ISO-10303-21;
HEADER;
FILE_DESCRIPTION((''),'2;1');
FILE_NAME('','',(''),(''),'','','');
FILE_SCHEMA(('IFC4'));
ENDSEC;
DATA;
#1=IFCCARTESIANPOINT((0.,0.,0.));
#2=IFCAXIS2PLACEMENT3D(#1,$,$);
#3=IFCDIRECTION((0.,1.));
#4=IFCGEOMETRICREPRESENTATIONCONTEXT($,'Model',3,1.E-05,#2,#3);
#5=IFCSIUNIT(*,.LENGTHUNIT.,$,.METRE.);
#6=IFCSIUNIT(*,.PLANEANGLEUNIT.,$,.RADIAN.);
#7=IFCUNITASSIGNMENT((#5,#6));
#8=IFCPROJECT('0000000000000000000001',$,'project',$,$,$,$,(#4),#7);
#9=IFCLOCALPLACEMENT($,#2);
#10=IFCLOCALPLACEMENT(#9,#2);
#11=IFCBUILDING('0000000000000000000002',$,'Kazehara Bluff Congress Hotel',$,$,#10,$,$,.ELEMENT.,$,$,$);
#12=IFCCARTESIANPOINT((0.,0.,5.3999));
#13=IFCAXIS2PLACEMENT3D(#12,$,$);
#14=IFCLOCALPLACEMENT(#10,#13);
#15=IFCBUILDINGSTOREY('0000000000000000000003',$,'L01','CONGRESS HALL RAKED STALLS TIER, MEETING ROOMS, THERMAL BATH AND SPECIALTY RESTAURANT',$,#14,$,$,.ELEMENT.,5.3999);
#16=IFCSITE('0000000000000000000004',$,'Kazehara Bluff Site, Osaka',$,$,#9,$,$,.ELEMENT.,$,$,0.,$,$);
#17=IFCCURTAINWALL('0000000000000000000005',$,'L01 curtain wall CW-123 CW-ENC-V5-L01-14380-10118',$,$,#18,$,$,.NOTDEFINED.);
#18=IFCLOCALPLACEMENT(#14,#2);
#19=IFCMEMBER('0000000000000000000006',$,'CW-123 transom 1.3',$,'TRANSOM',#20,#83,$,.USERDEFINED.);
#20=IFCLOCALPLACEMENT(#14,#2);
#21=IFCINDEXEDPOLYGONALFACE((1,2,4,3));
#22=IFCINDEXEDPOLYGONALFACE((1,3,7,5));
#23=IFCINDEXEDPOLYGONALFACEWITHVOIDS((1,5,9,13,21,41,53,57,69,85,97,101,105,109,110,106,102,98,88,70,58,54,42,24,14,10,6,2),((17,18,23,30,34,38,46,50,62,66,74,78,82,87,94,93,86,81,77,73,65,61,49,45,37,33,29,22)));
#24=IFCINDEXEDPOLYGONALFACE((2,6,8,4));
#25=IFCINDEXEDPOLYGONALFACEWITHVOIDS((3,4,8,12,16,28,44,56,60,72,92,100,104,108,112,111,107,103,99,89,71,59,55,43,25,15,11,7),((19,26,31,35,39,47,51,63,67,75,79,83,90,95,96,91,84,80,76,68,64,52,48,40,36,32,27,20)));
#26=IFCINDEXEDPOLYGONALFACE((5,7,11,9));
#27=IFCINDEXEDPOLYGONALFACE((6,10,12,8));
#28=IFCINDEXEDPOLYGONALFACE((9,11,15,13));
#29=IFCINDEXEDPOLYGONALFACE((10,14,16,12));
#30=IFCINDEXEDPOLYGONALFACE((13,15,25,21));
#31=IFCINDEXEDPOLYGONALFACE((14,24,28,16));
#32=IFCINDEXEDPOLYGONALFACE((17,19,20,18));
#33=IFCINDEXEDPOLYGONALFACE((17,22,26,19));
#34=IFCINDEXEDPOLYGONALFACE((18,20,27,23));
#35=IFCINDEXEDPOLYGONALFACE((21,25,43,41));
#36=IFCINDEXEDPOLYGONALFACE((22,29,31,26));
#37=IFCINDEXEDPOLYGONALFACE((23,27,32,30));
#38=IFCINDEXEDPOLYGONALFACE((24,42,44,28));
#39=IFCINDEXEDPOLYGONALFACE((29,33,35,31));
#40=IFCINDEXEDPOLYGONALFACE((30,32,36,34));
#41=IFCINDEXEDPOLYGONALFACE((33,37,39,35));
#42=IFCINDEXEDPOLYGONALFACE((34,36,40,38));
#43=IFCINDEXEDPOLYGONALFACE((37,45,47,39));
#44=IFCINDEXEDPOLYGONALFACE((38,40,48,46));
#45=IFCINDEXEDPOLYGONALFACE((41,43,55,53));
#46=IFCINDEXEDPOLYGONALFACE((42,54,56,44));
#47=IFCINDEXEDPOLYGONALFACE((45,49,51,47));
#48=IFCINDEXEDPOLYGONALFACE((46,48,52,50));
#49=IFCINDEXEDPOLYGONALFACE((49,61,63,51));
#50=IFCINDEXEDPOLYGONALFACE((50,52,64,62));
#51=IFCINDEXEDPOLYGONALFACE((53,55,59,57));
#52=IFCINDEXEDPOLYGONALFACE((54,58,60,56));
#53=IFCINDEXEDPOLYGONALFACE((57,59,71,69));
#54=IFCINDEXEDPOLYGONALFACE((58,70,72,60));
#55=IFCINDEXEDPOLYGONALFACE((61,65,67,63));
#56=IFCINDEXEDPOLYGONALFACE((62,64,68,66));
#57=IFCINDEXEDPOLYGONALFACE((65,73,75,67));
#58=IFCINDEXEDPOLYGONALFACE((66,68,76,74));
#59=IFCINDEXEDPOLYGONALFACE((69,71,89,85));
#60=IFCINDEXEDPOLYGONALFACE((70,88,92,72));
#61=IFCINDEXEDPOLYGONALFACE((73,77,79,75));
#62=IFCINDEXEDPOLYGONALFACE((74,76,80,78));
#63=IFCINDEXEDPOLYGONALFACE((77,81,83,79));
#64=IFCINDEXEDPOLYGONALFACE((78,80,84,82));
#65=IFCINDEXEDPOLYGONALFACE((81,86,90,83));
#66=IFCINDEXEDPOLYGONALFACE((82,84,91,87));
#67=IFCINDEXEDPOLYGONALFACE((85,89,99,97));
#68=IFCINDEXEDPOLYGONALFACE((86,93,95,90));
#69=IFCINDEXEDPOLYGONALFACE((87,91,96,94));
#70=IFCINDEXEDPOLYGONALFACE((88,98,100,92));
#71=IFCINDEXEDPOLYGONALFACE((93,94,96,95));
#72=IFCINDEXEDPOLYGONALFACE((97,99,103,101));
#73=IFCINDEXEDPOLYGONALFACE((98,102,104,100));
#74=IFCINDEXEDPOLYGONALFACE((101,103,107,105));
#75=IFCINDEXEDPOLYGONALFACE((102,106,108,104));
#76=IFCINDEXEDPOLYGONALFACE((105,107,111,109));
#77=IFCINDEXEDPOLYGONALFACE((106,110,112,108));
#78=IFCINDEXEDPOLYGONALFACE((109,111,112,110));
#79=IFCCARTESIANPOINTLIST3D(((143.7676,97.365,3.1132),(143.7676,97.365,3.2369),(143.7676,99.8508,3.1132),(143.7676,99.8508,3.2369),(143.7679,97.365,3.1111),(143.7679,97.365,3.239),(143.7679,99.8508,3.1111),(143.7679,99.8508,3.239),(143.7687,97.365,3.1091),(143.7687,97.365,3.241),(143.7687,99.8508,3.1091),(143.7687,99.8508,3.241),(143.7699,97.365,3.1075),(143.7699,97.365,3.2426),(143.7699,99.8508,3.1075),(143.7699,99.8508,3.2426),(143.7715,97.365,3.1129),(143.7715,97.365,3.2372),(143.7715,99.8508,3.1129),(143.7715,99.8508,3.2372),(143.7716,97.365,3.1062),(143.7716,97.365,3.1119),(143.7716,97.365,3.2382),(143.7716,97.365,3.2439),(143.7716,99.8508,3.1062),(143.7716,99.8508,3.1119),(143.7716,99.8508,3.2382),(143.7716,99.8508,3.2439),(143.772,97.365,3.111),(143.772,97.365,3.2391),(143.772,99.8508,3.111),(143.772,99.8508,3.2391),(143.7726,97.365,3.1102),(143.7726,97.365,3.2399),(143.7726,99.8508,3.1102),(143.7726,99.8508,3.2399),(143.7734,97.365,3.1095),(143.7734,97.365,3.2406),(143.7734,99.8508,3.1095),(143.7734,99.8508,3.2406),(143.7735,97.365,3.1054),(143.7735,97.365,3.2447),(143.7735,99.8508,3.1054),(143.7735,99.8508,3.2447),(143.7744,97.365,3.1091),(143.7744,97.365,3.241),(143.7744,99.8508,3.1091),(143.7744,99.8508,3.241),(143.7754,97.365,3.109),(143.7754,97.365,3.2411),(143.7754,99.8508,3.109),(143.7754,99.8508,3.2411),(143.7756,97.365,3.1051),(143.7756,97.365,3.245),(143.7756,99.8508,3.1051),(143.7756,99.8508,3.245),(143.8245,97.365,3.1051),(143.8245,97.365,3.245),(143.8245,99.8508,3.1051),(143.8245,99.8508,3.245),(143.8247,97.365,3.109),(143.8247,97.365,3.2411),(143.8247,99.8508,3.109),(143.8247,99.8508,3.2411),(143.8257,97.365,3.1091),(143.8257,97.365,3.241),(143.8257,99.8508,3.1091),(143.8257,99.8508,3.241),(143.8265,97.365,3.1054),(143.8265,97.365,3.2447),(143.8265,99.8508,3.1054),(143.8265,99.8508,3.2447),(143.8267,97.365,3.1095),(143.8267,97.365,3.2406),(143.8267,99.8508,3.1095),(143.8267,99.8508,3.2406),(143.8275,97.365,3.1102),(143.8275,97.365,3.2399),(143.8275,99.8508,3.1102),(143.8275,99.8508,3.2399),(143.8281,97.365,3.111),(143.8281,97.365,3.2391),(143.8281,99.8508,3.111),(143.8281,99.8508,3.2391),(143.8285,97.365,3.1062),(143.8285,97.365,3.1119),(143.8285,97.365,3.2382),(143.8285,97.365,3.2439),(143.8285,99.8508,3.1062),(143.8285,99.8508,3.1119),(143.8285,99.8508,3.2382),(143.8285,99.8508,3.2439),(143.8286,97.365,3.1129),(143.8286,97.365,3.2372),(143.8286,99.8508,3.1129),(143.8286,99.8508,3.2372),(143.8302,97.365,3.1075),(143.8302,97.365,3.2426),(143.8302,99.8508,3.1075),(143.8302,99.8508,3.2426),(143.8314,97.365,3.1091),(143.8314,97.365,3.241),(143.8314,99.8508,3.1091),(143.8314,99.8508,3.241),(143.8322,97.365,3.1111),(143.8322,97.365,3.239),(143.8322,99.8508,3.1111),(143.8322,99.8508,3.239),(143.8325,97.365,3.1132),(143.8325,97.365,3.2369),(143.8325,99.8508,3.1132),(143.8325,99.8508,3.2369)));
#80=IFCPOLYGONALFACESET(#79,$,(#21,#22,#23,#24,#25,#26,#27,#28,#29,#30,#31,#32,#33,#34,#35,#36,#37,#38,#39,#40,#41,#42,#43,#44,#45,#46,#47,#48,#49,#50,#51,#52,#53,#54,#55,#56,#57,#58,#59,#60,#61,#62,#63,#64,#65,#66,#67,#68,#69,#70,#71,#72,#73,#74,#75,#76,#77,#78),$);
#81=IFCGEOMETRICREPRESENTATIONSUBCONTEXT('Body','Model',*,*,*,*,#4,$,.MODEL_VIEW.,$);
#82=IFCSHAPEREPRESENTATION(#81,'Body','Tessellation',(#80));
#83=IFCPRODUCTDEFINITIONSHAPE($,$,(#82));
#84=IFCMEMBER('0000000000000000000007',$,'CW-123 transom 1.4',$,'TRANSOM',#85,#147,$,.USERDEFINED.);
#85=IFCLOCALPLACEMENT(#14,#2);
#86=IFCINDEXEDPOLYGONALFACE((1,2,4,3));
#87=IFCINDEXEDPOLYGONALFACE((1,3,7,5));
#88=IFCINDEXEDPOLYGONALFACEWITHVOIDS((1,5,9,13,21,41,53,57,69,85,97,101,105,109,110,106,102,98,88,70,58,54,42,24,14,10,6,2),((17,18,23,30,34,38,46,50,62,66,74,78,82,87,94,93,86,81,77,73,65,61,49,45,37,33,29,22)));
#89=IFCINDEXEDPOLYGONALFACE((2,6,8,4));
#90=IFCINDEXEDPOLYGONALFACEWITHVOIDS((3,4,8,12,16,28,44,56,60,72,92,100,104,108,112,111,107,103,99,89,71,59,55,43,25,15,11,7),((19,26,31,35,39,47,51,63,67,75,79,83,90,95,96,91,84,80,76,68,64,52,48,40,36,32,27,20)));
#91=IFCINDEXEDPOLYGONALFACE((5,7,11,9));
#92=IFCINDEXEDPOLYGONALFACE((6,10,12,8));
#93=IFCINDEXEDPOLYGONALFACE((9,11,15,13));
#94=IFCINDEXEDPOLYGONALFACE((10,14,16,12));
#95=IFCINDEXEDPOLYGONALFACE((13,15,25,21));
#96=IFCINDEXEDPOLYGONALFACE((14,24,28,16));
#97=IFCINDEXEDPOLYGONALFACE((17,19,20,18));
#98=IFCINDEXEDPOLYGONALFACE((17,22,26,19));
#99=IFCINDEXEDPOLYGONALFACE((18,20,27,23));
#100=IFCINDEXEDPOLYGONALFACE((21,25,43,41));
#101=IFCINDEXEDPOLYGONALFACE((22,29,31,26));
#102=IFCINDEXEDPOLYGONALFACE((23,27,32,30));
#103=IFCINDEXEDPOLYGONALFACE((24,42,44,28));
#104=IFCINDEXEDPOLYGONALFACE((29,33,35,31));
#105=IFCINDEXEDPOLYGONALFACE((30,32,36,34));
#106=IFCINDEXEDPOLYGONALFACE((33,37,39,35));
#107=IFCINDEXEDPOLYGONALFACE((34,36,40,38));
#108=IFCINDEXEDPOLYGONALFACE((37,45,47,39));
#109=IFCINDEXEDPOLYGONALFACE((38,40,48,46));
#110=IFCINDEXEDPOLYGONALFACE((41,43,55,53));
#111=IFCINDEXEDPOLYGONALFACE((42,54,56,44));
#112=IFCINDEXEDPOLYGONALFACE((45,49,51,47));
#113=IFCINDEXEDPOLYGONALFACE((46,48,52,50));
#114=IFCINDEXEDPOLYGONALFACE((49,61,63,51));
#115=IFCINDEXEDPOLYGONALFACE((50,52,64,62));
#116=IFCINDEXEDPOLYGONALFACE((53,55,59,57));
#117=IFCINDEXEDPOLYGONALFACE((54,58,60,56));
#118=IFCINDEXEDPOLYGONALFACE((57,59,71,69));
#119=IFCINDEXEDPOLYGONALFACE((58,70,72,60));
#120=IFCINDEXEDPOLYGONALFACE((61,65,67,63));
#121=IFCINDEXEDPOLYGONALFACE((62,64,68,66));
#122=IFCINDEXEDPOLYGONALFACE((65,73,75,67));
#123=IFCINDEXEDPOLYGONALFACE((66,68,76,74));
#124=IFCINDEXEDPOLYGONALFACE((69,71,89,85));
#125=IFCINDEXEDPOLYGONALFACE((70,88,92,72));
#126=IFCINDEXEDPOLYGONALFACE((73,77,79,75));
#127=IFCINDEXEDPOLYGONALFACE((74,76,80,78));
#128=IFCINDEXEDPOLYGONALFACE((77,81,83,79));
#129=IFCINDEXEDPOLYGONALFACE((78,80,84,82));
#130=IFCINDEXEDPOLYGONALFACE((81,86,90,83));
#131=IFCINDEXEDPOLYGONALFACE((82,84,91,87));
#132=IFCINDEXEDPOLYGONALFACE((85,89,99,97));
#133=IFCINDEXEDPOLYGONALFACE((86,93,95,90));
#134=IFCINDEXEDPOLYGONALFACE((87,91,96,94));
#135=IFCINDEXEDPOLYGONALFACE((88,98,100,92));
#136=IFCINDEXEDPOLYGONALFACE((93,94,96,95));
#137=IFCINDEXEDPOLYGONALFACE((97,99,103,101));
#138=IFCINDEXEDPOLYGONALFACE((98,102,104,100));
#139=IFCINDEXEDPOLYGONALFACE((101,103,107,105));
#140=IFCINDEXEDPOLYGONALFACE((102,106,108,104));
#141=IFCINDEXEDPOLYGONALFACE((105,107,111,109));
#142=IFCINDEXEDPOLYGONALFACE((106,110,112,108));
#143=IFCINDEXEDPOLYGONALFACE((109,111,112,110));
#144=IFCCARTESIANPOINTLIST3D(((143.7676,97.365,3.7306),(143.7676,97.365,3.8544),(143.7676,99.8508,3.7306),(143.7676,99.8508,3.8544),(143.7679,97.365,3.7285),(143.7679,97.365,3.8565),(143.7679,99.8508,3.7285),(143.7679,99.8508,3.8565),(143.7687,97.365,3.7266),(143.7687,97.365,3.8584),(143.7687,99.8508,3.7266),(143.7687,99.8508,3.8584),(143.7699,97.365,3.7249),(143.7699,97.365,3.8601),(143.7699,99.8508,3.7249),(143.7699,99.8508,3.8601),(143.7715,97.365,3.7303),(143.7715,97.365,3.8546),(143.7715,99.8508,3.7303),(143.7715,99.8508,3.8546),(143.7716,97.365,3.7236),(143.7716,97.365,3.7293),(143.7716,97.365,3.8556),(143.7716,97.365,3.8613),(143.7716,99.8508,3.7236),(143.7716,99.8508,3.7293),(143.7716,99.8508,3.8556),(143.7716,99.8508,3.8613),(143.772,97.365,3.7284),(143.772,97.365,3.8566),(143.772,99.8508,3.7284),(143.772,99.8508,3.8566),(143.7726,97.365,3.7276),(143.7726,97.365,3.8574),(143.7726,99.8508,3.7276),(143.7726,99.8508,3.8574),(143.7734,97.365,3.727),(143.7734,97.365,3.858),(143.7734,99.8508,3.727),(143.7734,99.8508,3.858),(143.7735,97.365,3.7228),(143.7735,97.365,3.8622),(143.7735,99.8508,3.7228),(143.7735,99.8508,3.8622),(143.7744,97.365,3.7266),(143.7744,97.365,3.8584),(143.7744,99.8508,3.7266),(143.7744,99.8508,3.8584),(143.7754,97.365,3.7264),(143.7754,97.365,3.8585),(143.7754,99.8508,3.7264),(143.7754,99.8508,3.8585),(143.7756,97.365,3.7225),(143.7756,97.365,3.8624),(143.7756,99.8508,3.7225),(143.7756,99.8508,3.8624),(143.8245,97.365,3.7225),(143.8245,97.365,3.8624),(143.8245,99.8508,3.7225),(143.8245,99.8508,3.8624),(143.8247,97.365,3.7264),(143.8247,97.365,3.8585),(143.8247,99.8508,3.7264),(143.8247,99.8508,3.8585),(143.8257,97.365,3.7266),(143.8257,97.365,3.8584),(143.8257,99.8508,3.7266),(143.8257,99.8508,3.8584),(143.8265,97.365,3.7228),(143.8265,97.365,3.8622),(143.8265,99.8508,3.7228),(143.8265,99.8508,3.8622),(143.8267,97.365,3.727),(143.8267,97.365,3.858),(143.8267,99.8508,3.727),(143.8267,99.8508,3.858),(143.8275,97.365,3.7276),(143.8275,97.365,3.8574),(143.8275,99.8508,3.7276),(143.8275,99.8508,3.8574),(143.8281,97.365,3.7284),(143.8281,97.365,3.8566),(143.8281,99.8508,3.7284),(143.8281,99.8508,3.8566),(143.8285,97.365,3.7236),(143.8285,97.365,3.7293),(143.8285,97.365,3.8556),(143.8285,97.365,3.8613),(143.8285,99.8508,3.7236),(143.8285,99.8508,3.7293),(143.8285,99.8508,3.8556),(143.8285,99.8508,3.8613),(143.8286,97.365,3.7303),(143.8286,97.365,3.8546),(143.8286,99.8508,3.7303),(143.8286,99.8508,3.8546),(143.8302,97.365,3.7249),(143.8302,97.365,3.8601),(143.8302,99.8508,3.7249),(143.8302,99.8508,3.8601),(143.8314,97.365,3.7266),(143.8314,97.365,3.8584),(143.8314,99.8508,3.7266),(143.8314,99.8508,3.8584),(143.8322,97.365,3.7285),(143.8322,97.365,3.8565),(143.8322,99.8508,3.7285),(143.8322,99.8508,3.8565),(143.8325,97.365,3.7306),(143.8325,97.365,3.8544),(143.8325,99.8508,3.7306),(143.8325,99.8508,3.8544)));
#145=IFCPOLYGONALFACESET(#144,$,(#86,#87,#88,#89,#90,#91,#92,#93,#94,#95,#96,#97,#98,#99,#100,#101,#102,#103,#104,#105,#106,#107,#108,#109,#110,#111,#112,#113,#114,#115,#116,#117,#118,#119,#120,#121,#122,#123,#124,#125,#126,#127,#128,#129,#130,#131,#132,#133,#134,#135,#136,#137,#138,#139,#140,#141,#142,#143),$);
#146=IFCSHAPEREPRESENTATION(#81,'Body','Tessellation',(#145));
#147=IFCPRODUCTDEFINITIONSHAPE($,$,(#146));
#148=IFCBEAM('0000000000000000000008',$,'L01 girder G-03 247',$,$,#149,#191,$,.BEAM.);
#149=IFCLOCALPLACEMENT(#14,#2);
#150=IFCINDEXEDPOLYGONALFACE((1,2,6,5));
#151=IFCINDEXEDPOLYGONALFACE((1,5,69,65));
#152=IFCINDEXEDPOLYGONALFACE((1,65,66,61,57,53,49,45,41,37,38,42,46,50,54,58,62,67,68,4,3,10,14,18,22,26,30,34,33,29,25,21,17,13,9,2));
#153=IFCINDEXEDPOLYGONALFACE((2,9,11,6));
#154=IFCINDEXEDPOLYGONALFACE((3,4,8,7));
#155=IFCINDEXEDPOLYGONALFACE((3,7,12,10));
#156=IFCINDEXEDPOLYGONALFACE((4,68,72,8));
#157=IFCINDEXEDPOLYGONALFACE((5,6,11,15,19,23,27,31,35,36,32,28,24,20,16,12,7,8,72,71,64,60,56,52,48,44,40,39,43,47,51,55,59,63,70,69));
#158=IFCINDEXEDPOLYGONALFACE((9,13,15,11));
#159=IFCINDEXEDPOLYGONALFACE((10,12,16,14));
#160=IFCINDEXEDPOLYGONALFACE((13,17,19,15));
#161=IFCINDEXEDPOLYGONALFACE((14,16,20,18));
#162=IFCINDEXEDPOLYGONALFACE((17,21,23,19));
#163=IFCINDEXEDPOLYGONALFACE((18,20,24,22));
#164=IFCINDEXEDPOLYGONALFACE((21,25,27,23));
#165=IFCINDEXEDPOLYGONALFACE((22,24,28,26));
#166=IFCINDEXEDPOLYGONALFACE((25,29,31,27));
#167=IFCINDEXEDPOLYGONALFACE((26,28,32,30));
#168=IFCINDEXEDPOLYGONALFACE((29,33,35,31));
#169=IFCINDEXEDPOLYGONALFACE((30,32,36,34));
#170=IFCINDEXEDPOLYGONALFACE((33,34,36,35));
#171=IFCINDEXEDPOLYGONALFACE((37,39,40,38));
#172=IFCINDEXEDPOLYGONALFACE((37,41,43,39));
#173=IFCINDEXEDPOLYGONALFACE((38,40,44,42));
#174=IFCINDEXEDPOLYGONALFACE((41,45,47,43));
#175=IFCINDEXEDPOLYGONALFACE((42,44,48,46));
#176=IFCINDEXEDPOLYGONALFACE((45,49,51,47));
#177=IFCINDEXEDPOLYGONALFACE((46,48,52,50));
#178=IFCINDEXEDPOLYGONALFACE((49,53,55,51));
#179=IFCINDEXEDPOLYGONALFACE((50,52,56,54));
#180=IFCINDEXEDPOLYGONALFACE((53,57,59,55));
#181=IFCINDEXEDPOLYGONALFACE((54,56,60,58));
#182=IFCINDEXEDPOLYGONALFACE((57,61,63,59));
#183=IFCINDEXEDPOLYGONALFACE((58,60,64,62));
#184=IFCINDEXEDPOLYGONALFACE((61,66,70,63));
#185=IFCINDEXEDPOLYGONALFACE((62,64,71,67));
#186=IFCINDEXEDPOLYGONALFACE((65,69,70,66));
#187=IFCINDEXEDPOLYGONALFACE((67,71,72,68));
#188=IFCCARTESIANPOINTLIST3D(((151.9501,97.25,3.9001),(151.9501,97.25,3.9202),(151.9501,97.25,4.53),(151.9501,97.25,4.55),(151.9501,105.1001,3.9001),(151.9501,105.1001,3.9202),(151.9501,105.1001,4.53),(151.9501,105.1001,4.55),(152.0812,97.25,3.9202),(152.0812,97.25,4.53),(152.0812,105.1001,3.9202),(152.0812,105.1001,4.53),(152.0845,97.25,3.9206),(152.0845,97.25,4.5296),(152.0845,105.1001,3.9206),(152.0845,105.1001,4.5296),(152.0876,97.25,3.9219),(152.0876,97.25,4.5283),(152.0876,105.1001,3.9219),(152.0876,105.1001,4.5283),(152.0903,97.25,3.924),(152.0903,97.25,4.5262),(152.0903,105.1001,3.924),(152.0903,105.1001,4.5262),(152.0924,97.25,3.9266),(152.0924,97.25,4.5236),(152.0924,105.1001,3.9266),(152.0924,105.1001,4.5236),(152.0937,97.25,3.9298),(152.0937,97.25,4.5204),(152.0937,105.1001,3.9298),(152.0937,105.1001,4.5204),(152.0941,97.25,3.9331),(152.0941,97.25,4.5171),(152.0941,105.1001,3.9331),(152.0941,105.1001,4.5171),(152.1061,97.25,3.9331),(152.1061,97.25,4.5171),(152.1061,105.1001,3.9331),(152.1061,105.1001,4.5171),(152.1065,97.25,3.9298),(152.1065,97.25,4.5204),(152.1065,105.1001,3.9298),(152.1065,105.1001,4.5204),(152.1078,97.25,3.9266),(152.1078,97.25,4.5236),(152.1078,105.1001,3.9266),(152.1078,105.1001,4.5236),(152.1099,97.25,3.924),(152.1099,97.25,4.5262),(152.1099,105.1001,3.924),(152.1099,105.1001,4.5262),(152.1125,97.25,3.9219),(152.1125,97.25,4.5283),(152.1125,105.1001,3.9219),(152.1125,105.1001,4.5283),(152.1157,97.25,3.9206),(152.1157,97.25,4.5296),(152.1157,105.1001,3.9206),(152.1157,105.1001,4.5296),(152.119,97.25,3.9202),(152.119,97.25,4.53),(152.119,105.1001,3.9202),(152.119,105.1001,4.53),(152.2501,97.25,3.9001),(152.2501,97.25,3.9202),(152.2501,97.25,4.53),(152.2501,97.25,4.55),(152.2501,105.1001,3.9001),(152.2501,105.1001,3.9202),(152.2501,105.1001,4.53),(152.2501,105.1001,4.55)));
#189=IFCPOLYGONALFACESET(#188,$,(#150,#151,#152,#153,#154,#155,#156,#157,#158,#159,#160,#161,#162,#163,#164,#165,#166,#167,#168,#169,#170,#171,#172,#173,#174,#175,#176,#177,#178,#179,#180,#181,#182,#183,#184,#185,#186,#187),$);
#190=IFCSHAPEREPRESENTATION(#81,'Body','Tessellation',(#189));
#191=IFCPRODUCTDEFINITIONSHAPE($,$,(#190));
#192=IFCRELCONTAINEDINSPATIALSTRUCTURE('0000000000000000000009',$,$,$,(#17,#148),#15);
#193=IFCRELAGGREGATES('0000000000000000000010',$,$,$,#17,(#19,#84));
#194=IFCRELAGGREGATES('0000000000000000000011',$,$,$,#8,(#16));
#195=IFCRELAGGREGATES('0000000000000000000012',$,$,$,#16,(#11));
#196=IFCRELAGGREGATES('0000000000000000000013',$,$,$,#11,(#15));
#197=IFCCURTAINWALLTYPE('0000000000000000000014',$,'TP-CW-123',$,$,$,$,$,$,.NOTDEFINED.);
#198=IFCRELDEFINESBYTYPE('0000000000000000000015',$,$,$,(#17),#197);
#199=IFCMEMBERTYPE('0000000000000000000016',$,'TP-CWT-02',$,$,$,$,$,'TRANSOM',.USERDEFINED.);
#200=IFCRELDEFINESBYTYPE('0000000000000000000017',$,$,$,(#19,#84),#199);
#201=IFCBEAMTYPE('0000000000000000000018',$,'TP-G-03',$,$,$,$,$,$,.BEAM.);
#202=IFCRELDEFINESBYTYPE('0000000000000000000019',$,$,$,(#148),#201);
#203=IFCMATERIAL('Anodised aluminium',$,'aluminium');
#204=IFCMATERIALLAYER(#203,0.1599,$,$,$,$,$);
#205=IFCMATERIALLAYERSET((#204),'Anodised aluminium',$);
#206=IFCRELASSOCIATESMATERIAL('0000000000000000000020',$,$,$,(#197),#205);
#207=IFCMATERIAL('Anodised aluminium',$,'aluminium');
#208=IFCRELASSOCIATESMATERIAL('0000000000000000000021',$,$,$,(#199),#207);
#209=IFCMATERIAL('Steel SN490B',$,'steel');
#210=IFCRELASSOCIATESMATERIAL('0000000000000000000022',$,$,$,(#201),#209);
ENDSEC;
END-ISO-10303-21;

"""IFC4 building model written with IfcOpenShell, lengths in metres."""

from ifc_helpers import new_model, si_unit, direction, frame, origin, origin_2d, place, context, subcontext, project, spatial, hollow_rectangle, i_section, extrude, material, layer, layer_set, material_profile, profile_set, type_object, element, aggregate, save


model = new_model("IFC4")

# Units and contexts
model_context = context("Model", 3, precision=1e-05, world=origin(), true_north=direction((0.0, 1.0)))
body_context = subcontext(model_context, "Body", "Model", "MODEL_VIEW")
ifc_project = project(units=[si_unit("LENGTHUNIT", "METRE"), si_unit("PLANEANGLEUNIT", "RADIAN")], contexts=[model_context])

# Site, building, storey
site_placement = place(None, origin())
site = spatial("IfcSite", under=ifc_project, at=site_placement, Name="Kazehara Bluff Site, Osaka", CompositionType="ELEMENT", RefElevation=0.0)
building_placement = place(site_placement, origin())
building = spatial("IfcBuilding", under=site, at=building_placement, Name="Kazehara Bluff Congress Hotel", CompositionType="ELEMENT")
storey_placement = place(building_placement, frame((0.0, 0.0, 5.3999)))
storey = spatial("IfcBuildingStorey", under=building, at=storey_placement, Name="L01", Description="CONGRESS HALL RAKED STALLS TIER, MEETING ROOMS, THERMAL BATH AND SPECIALTY RESTAURANT", CompositionType="ELEMENT", Elevation=5.3999)

# Curtain wall
ifc_material_1 = material(Name="Anodised aluminium", Category="aluminium")
ifc_layer_1 = layer(ifc_material_1, 0.1599)
ifc_layer_set_1 = layer_set([ifc_layer_1], Name="Anodised aluminium")
curtain_wall_type_1 = type_object("IfcCurtainWallType", Name="TP-CW-123", PredefinedType="NOTDEFINED", material=ifc_layer_set_1)
curtain_wall_1_placement = place(storey_placement, origin())
curtain_wall_1 = element("IfcCurtainWall", 1, at=curtain_wall_1_placement, inside=storey, type_object=curtain_wall_type_1, Name="L01 curtain wall CW-123 CW-ENC-V5-L01-14380-10118", PredefinedType="NOTDEFINED")

# Members
ifc_material_2 = material(Name="Anodised aluminium", Category="aluminium")
ifc_material_profile_1 = material_profile(ifc_material_2, hollow_rectangle(XDim=0.0649, YDim=0.1399, WallThickness=0.0039, InnerFilletRadius=0.0039, OuterFilletRadius=0.0081, at=origin_2d()))
ifc_profile_set_1 = profile_set([ifc_material_profile_1], Name="Anodised aluminium")
member_type_1 = type_object("IfcMemberType", Name="TP-CWT-02", ElementType="TRANSOM", PredefinedType="USERDEFINED", material=ifc_profile_set_1)
member_1_placement = place(storey_placement, frame((143.8, 97.365, 3.175), z_axis=(0.0, 1.0, 0.0), x_axis=(-1.0, 0.0, 0.0)))
member_1 = element("IfcMember", 2, at=member_1_placement, type_object=member_type_1, Name="CW-123 transom 1.3", ObjectType="TRANSOM", PredefinedType="USERDEFINED", context=body_context, shape_type="SweptSolid", body=[
    extrude(hollow_rectangle(XDim=0.0649, YDim=0.1399, WallThickness=0.0039, InnerFilletRadius=0.0039, OuterFilletRadius=0.0081, at=origin_2d()), origin(), (0.0, 0.0, 1.0), 2.4858),
])
member_2_placement = place(storey_placement, frame((143.8, 97.365, 3.7925), z_axis=(0.0, 1.0, 0.0), x_axis=(-1.0, 0.0, 0.0)))
member_2 = element("IfcMember", 3, at=member_2_placement, type_object=member_type_1, Name="CW-123 transom 1.4", ObjectType="TRANSOM", PredefinedType="USERDEFINED", context=body_context, shape_type="SweptSolid", body=[
    extrude(hollow_rectangle(XDim=0.0649, YDim=0.1399, WallThickness=0.0039, InnerFilletRadius=0.0039, OuterFilletRadius=0.0081, at=origin_2d()), origin(), (0.0, 0.0, 1.0), 2.4858),
])

# Beam
ifc_material_3 = material(Name="Steel SN490B", Category="steel")
ifc_material_profile_2 = material_profile(ifc_material_3, i_section(OverallWidth=0.3, OverallDepth=0.6499, WebThickness=0.012, FlangeThickness=0.02, FilletRadius=0.0129, at=origin_2d()))
ifc_profile_set_2 = profile_set([ifc_material_profile_2], Name="Steel SN490B")
beam_type = type_object("IfcBeamType", Name="TP-G-03", PredefinedType="BEAM", material=ifc_profile_set_2)
beam_1_placement = place(storey_placement, frame((152.1001, 97.25, 4.2251), z_axis=(0.0, 1.0, 0.0), x_axis=(-1.0, 0.0, 0.0)))
element("IfcBeam", 4, at=beam_1_placement, inside=storey, type_object=beam_type, Name="L01 girder G-03 247", PredefinedType="BEAM", context=body_context, shape_type="SweptSolid", body=[
    extrude(i_section(OverallWidth=0.3, OverallDepth=0.6499, WebThickness=0.012, FlangeThickness=0.02, FilletRadius=0.0129, at=origin_2d()), origin(), (0.0, 0.0, 1.0), 7.8501),
])

aggregate(curtain_wall_1, [member_1, member_2])

save(model, "model.ifc")
